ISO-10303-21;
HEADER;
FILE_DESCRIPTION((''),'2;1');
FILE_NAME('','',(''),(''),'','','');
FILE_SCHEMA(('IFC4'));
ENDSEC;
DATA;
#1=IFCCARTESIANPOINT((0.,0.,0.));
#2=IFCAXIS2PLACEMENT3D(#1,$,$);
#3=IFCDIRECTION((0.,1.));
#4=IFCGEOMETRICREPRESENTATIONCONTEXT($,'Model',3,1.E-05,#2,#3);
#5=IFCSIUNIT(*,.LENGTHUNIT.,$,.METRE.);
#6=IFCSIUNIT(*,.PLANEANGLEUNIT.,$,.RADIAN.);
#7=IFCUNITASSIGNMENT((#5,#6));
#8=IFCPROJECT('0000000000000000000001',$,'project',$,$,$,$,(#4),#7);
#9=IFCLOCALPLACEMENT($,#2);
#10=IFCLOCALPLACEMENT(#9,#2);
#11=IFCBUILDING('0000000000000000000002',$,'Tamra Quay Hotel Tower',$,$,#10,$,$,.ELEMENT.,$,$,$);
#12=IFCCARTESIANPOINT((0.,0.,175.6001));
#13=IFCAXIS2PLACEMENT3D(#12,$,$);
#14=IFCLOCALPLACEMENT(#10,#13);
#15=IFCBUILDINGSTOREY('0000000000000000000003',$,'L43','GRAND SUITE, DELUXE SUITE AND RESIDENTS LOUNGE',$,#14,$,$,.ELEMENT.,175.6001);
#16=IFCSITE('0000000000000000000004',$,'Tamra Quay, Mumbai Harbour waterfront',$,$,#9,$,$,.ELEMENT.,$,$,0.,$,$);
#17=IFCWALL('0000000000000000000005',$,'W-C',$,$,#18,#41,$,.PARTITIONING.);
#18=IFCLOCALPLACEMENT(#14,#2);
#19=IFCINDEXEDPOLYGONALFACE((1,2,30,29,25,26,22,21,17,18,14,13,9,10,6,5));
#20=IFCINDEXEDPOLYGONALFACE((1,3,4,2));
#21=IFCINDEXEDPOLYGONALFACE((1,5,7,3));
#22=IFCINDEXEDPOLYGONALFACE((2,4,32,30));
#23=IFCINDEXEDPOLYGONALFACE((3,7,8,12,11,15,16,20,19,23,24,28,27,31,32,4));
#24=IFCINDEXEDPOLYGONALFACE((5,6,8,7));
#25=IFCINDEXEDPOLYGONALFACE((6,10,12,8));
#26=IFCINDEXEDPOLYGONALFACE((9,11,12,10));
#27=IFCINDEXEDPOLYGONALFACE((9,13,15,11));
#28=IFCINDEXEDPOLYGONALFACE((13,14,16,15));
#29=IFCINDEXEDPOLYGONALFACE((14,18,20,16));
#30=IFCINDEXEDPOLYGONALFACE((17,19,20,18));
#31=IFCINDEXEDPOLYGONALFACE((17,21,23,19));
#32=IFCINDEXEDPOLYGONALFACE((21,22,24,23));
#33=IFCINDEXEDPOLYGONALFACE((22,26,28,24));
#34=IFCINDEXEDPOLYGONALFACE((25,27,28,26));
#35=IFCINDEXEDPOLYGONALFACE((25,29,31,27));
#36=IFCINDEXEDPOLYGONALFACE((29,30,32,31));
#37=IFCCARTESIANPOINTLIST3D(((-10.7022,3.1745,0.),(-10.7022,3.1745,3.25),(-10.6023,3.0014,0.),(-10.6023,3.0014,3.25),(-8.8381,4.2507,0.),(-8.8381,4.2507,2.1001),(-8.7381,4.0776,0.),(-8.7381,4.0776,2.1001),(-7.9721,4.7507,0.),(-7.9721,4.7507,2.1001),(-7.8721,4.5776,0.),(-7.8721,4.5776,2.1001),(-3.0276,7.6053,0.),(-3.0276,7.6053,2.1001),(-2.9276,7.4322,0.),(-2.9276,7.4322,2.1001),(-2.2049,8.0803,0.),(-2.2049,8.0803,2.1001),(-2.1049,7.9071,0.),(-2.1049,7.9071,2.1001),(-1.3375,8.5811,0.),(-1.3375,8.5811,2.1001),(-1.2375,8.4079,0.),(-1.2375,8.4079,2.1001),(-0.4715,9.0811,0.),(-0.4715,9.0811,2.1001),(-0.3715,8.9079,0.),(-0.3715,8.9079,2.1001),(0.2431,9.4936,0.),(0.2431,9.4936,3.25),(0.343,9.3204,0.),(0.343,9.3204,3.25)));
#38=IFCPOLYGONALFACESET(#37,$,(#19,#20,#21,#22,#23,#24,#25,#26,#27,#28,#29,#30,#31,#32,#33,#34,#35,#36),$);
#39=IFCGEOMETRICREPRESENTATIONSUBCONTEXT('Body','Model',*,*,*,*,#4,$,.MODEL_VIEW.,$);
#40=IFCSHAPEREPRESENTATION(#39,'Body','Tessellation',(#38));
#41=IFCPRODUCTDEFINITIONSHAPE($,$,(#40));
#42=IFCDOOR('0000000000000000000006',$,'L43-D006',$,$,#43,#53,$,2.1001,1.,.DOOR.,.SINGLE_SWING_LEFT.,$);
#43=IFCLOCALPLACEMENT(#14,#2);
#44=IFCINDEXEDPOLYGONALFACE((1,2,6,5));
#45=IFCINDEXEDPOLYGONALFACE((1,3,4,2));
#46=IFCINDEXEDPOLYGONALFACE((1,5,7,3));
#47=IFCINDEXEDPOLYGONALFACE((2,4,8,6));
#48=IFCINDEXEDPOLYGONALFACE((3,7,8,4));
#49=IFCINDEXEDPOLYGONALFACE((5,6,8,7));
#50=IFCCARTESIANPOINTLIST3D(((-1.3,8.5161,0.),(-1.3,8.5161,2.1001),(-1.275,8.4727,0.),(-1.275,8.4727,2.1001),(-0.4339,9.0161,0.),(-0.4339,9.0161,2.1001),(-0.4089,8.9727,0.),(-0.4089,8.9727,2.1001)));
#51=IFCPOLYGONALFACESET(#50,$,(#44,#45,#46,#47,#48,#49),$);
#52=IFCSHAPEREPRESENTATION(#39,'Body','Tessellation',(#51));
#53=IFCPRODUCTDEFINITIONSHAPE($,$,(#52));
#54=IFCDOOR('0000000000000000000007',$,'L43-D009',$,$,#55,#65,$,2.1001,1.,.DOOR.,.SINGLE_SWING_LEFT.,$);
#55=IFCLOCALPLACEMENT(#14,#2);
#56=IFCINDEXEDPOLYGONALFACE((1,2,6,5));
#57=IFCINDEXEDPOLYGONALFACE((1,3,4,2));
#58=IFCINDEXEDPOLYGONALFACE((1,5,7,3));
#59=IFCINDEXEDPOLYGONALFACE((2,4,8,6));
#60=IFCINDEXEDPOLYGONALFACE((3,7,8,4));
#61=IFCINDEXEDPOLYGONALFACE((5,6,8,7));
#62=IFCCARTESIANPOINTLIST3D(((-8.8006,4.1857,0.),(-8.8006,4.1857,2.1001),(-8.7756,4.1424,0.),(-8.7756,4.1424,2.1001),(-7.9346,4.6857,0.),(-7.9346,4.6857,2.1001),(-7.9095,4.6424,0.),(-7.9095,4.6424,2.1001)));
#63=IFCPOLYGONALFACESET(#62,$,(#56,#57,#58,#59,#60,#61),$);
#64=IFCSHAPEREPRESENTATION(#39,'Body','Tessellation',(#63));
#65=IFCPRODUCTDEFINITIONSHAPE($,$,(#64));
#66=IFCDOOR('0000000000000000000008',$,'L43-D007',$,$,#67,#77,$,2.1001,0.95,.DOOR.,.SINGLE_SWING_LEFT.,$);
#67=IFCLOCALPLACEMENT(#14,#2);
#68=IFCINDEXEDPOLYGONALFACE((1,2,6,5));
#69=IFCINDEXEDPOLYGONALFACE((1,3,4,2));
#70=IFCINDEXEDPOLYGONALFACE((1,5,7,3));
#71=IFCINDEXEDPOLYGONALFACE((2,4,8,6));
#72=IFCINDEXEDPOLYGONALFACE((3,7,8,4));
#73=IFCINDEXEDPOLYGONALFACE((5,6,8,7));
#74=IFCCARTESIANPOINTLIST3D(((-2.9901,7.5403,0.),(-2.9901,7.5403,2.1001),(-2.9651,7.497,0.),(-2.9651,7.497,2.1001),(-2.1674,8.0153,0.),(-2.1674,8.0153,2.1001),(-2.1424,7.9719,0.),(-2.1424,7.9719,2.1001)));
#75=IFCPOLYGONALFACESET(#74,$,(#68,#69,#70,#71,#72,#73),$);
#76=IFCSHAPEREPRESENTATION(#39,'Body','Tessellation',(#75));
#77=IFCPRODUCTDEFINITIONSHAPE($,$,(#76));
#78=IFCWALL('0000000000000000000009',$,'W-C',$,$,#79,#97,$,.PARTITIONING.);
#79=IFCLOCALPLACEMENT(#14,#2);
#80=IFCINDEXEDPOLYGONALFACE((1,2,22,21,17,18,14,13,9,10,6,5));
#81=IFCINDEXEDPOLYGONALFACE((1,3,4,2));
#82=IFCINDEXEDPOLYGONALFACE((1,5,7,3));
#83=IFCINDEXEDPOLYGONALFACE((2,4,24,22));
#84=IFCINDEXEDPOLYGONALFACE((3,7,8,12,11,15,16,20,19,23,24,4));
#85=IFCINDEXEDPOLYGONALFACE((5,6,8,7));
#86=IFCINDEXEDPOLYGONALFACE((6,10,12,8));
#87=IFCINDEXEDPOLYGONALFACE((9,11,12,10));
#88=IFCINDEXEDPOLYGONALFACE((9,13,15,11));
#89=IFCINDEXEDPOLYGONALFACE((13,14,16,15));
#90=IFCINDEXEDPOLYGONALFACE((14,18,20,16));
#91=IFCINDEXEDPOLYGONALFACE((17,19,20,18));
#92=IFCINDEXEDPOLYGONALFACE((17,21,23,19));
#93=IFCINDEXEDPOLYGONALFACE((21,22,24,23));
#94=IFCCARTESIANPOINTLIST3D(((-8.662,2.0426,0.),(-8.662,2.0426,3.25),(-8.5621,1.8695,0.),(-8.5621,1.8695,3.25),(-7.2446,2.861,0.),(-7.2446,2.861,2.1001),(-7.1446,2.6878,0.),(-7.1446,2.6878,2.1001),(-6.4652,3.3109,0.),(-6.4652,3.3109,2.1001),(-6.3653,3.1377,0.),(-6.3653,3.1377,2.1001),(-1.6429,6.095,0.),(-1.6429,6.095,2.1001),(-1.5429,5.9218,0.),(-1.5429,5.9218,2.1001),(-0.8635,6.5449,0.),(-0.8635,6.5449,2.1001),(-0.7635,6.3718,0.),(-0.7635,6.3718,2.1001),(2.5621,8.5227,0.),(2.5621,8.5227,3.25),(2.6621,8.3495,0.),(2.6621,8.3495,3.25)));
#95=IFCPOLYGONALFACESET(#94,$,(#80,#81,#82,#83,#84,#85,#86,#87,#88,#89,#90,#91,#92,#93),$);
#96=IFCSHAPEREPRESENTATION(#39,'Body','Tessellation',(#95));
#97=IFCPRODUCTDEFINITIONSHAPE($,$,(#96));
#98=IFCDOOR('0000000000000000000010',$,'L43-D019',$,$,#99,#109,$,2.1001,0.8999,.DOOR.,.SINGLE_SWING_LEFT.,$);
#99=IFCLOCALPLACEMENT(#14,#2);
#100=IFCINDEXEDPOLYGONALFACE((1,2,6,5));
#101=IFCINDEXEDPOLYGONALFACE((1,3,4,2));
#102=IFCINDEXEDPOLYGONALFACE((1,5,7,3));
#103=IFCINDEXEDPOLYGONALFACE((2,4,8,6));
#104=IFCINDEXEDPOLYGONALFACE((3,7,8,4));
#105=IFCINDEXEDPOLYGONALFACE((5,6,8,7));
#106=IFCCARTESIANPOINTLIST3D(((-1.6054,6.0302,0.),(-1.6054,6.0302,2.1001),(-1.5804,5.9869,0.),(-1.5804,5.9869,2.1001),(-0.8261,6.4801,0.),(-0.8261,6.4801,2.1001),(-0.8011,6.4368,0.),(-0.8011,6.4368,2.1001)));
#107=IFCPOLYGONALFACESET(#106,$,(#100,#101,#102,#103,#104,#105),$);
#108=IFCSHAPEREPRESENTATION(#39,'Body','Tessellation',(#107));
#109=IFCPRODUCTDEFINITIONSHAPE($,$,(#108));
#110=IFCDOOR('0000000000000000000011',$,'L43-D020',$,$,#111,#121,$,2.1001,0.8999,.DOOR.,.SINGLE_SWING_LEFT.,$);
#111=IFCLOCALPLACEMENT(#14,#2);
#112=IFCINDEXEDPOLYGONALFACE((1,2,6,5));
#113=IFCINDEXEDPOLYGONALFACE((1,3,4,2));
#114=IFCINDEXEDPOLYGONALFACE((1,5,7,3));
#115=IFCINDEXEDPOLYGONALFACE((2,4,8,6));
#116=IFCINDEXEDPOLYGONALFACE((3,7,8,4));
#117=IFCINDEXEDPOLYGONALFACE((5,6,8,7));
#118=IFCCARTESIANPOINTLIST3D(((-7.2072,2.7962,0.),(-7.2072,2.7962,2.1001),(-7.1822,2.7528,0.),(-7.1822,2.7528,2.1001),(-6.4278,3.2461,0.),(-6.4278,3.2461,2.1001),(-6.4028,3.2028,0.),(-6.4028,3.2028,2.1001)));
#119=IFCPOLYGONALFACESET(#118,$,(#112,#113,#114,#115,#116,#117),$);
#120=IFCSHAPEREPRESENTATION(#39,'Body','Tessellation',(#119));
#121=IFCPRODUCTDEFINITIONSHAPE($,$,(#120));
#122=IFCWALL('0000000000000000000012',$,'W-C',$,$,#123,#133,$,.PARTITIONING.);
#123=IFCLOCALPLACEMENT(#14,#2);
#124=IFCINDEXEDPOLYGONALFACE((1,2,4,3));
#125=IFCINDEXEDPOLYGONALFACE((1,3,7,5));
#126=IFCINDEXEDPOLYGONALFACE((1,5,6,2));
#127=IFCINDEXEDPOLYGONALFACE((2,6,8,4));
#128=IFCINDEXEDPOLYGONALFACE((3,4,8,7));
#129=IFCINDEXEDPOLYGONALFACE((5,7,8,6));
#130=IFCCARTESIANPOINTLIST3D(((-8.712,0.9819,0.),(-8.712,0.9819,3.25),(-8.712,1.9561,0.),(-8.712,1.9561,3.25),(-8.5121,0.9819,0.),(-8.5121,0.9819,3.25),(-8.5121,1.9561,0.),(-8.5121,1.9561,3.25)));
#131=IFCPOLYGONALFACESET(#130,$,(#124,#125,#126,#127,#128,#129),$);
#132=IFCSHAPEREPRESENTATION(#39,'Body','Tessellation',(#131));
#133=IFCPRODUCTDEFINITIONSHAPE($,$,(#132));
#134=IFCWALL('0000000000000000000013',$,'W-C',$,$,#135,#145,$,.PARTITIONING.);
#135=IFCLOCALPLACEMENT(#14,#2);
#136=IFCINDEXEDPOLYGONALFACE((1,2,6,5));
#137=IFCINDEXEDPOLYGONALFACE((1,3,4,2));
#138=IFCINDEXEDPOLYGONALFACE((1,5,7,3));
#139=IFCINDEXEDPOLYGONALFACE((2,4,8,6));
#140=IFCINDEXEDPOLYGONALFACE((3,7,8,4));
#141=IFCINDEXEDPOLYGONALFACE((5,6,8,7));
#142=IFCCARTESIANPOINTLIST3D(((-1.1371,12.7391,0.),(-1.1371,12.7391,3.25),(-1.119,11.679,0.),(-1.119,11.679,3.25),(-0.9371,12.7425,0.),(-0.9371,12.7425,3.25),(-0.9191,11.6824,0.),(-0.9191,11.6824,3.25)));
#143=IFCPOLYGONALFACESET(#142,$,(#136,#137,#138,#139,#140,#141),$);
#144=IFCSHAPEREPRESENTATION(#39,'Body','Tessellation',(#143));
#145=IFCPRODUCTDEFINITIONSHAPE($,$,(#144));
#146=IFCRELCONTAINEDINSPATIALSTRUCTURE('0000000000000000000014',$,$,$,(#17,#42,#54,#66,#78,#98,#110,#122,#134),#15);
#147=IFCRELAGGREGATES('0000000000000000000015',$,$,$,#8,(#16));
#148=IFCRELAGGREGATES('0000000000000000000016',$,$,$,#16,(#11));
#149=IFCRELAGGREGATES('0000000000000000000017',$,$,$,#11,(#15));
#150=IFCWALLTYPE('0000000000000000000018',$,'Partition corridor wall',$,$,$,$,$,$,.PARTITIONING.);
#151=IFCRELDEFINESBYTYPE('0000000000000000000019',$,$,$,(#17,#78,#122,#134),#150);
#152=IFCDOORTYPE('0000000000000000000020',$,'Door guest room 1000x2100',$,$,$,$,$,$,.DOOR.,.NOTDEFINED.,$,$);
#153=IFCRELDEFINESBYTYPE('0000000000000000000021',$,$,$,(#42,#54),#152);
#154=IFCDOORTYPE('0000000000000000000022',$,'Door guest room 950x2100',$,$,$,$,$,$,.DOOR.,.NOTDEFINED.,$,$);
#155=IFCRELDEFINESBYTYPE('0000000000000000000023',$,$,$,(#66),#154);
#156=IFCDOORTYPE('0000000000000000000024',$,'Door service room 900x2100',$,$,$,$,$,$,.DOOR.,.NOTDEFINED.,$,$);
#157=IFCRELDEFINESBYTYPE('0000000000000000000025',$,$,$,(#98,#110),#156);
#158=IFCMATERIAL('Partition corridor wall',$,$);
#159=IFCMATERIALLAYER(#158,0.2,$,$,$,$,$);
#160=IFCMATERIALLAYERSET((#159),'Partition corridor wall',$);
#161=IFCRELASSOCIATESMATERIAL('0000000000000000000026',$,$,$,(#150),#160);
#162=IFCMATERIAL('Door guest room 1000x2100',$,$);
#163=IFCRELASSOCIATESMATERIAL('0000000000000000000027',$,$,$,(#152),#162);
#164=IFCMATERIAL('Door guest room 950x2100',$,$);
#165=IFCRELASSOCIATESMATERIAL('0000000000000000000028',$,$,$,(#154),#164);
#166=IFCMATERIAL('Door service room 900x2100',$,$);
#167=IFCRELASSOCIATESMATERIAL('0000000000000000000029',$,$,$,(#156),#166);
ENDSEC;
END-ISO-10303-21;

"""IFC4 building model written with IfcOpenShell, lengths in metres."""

from ifc_helpers import new_model, si_unit, direction, frame, frame_2d, origin, place, context, subcontext, project, spatial, rectangle, extrude, material, layer, layer_set, type_object, element, fill, save


model = new_model("IFC4")

# Units and contexts
model_context = context("Model", 3, precision=1e-05, world=origin(), true_north=direction((0.0, 1.0)))
body_context = subcontext(model_context, "Body", "Model", "MODEL_VIEW")
ifc_project = project(units=[si_unit("LENGTHUNIT", "METRE"), si_unit("PLANEANGLEUNIT", "RADIAN")], contexts=[model_context])

# Site, building, storey
site_placement = place(None, origin())
site = spatial("IfcSite", under=ifc_project, at=site_placement, Name="Tamra Quay, Mumbai Harbour waterfront", CompositionType="ELEMENT", RefElevation=0.0)
building_placement = place(site_placement, origin())
building = spatial("IfcBuilding", under=site, at=building_placement, Name="Tamra Quay Hotel Tower", CompositionType="ELEMENT")
storey_placement = place(building_placement, frame((0.0, 0.0, 175.6001)))
storey = spatial("IfcBuildingStorey", under=building, at=storey_placement, Name="L43", Description="GRAND SUITE, DELUXE SUITE AND RESIDENTS LOUNGE", CompositionType="ELEMENT", Elevation=175.6001)

# Walls, openings, doors
ifc_material_1 = material(Name="Partition corridor wall")
ifc_layer_1 = layer(ifc_material_1, 0.2)
ifc_layer_set_1 = layer_set([ifc_layer_1], Name="Partition corridor wall")
wall_type_1 = type_object("IfcWallType", Name="Partition corridor wall", PredefinedType="PARTITIONING", material=ifc_layer_set_1)
wall_1_placement = place(storey_placement, frame((-10.6523, 3.0879, 0.0), z_axis=(0.0, 0.0, 1.0), x_axis=(0.866032, 0.499989, 0.0)))
wall_1 = element("IfcWall", 1, at=wall_1_placement, inside=storey, type_object=wall_type_1, Name="W-C", PredefinedType="PARTITIONING", context=body_context, shape_type="SweptSolid", body=[
    extrude(rectangle(XDim=12.6384, YDim=0.2, at=frame_2d((6.3193, 0.0))), origin(), (0.0, 0.0, 1.0), 3.25),
])
opening_1_placement = place(wall_1_placement, frame((10.8135, 0.0, 0.0)))
opening_1 = element("IfcOpeningElement", 2, at=opening_1_placement, cuts=wall_1, PredefinedType="OPENING", context=body_context, shape_type="SweptSolid", body=[
    extrude(rectangle(XDim=1.0, YDim=2.1001, at=frame_2d((0.5, 1.05))), frame((0.0, 0.1099, 0.0), z_axis=(0.0, -1.0, 0.0), x_axis=(1.0, 0.0, 0.0)), (0.0, 0.0, 1.0), 0.22),
])
opening_2_placement = place(wall_1_placement, frame((8.8618, 0.0, 0.0)))
opening_2 = element("IfcOpeningElement", 3, at=opening_2_placement, cuts=wall_1, PredefinedType="OPENING", context=body_context, shape_type="SweptSolid", body=[
    extrude(rectangle(XDim=0.95, YDim=2.1001, at=frame_2d((0.4751, 1.05))), frame((0.0, 0.1099, 0.0), z_axis=(0.0, -1.0, 0.0), x_axis=(1.0, 0.0, 0.0)), (0.0, 0.0, 1.0), 0.22),
])
opening_3_placement = place(wall_1_placement, frame((2.1526, 0.0, 0.0)))
opening_3 = element("IfcOpeningElement", 4, at=opening_3_placement, cuts=wall_1, PredefinedType="OPENING", context=body_context, shape_type="SweptSolid", body=[
    extrude(rectangle(XDim=1.0, YDim=2.1001, at=frame_2d((0.5, 1.05))), frame((0.0, 0.1099, 0.0), z_axis=(0.0, -1.0, 0.0), x_axis=(1.0, 0.0, 0.0)), (0.0, 0.0, 1.0), 0.22),
])
ifc_material_2 = material(Name="Door guest room 1000x2100")
door_type_1 = type_object("IfcDoorType", Name="Door guest room 1000x2100", OperationType="NOTDEFINED", PredefinedType="DOOR", material=ifc_material_2)
door_1_placement = place(opening_1_placement, origin())
door_1 = element("IfcDoor", 5, at=door_1_placement, inside=storey, type_object=door_type_1, Name="L43-D006", OperationType="SINGLE_SWING_LEFT", OverallHeight=2.1001, OverallWidth=1.0, PredefinedType="DOOR", context=body_context, shape_type="SweptSolid", body=[
    extrude(rectangle(XDim=1.0, YDim=2.1001, at=frame_2d((0.5, 1.05))), frame((0.0, 0.0249, 0.0), z_axis=(0.0, -1.0, 0.0), x_axis=(1.0, 0.0, 0.0)), (0.0, 0.0, 1.0), 0.05),
])
fill(opening_1, door_1)
door_2_placement = place(opening_3_placement, origin())
door_2 = element("IfcDoor", 6, at=door_2_placement, inside=storey, type_object=door_type_1, Name="L43-D009", OperationType="SINGLE_SWING_LEFT", OverallHeight=2.1001, OverallWidth=1.0, PredefinedType="DOOR", context=body_context, shape_type="SweptSolid", body=[
    extrude(rectangle(XDim=1.0, YDim=2.1001, at=frame_2d((0.5, 1.05))), frame((0.0, 0.0249, 0.0), z_axis=(0.0, -1.0, 0.0), x_axis=(1.0, 0.0, 0.0)), (0.0, 0.0, 1.0), 0.05),
])
fill(opening_3, door_2)
ifc_material_3 = material(Name="Door guest room 950x2100")
door_type_2 = type_object("IfcDoorType", Name="Door guest room 950x2100", OperationType="NOTDEFINED", PredefinedType="DOOR", material=ifc_material_3)
door_3_placement = place(opening_2_placement, origin())
door_3 = element("IfcDoor", 7, at=door_3_placement, inside=storey, type_object=door_type_2, Name="L43-D007", OperationType="SINGLE_SWING_LEFT", OverallHeight=2.1001, OverallWidth=0.95, PredefinedType="DOOR", context=body_context, shape_type="SweptSolid", body=[
    extrude(rectangle(XDim=0.95, YDim=2.1001, at=frame_2d((0.4751, 1.05))), frame((0.0, 0.0249, 0.0), z_axis=(0.0, -1.0, 0.0), x_axis=(1.0, 0.0, 0.0)), (0.0, 0.0, 1.0), 0.05),
])
fill(opening_2, door_3)
wall_2_placement = place(storey_placement, frame((-8.6121, 1.9561, 0.0), z_axis=(0.0, 0.0, 1.0), x_axis=(0.866034, 0.499984, 0.0)))
wall_2 = element("IfcWall", 8, at=wall_2_placement, inside=storey, type_object=wall_type_1, Name="W-C", PredefinedType="PARTITIONING", context=body_context, shape_type="SweptSolid", body=[
    extrude(rectangle(XDim=12.9604, YDim=0.2, at=frame_2d((6.4802, 0.0))), origin(), (0.0, 0.0, 1.0), 3.25),
])
opening_4_placement = place(wall_2_placement, frame((8.105, 0.0, 0.0)))
opening_4 = element("IfcOpeningElement", 9, at=opening_4_placement, cuts=wall_2, PredefinedType="OPENING", context=body_context, shape_type="SweptSolid", body=[
    extrude(rectangle(XDim=0.8999, YDim=2.1001, at=frame_2d((0.45, 1.05))), frame((0.0, 0.1099, 0.0), z_axis=(0.0, -1.0, 0.0), x_axis=(1.0, 0.0, 0.0)), (0.0, 0.0, 1.0), 0.22),
])
opening_5_placement = place(wall_2_placement, frame((1.6367, 0.0, 0.0)))
opening_5 = element("IfcOpeningElement", 10, at=opening_5_placement, cuts=wall_2, PredefinedType="OPENING", context=body_context, shape_type="SweptSolid", body=[
    extrude(rectangle(XDim=0.8999, YDim=2.1001, at=frame_2d((0.45, 1.05))), frame((0.0, 0.1099, 0.0), z_axis=(0.0, -1.0, 0.0), x_axis=(1.0, 0.0, 0.0)), (0.0, 0.0, 1.0), 0.22),
])
ifc_material_4 = material(Name="Door service room 900x2100")
door_type_3 = type_object("IfcDoorType", Name="Door service room 900x2100", OperationType="NOTDEFINED", PredefinedType="DOOR", material=ifc_material_4)
door_4_placement = place(opening_4_placement, frame((0.8999, 0.0, 0.0), z_axis=(0.0, 0.0, 1.0), x_axis=(-1.0, 0.0, 0.0)))
door_4 = element("IfcDoor", 11, at=door_4_placement, inside=storey, type_object=door_type_3, Name="L43-D019", OperationType="SINGLE_SWING_LEFT", OverallHeight=2.1001, OverallWidth=0.8999, PredefinedType="DOOR", context=body_context, shape_type="SweptSolid", body=[
    extrude(rectangle(XDim=0.8999, YDim=2.1001, at=frame_2d((0.45, 1.05))), frame((0.0, 0.0249, 0.0), z_axis=(0.0, -1.0, 0.0), x_axis=(1.0, 0.0, 0.0)), (0.0, 0.0, 1.0), 0.05),
])
fill(opening_4, door_4)
door_5_placement = place(opening_5_placement, frame((0.8999, 0.0, 0.0), z_axis=(0.0, 0.0, 1.0), x_axis=(-1.0, 0.0, 0.0)))
door_5 = element("IfcDoor", 12, at=door_5_placement, inside=storey, type_object=door_type_3, Name="L43-D020", OperationType="SINGLE_SWING_LEFT", OverallHeight=2.1001, OverallWidth=0.8999, PredefinedType="DOOR", context=body_context, shape_type="SweptSolid", body=[
    extrude(rectangle(XDim=0.8999, YDim=2.1001, at=frame_2d((0.45, 1.05))), frame((0.0, 0.0249, 0.0), z_axis=(0.0, -1.0, 0.0), x_axis=(1.0, 0.0, 0.0)), (0.0, 0.0, 1.0), 0.05),
])
fill(opening_5, door_5)

# Walls
wall_3_placement = place(storey_placement, frame((-8.6121, 0.9819, 0.0), z_axis=(0.0, 0.0, 1.0), x_axis=(0.0, 1.0, 0.0)))
element("IfcWall", 13, at=wall_3_placement, inside=storey, type_object=wall_type_1, Name="W-C", PredefinedType="PARTITIONING", context=body_context, shape_type="SweptSolid", body=[
    extrude(rectangle(XDim=0.9741, YDim=0.2, at=frame_2d((0.4871, 0.0))), origin(), (0.0, 0.0, 1.0), 3.25),
])
wall_4_placement = place(storey_placement, frame((-1.0371, 12.741, 0.0), z_axis=(0.0, 0.0, 1.0), x_axis=(0.01704, -0.999855, 0.0)))
element("IfcWall", 14, at=wall_4_placement, inside=storey, type_object=wall_type_1, Name="W-C", PredefinedType="PARTITIONING", context=body_context, shape_type="SweptSolid", body=[
    extrude(rectangle(XDim=1.0603, YDim=0.2, at=frame_2d((0.5303, 0.0))), origin(), (0.0, 0.0, 1.0), 3.25),
])

save(model, "model.ifc")
